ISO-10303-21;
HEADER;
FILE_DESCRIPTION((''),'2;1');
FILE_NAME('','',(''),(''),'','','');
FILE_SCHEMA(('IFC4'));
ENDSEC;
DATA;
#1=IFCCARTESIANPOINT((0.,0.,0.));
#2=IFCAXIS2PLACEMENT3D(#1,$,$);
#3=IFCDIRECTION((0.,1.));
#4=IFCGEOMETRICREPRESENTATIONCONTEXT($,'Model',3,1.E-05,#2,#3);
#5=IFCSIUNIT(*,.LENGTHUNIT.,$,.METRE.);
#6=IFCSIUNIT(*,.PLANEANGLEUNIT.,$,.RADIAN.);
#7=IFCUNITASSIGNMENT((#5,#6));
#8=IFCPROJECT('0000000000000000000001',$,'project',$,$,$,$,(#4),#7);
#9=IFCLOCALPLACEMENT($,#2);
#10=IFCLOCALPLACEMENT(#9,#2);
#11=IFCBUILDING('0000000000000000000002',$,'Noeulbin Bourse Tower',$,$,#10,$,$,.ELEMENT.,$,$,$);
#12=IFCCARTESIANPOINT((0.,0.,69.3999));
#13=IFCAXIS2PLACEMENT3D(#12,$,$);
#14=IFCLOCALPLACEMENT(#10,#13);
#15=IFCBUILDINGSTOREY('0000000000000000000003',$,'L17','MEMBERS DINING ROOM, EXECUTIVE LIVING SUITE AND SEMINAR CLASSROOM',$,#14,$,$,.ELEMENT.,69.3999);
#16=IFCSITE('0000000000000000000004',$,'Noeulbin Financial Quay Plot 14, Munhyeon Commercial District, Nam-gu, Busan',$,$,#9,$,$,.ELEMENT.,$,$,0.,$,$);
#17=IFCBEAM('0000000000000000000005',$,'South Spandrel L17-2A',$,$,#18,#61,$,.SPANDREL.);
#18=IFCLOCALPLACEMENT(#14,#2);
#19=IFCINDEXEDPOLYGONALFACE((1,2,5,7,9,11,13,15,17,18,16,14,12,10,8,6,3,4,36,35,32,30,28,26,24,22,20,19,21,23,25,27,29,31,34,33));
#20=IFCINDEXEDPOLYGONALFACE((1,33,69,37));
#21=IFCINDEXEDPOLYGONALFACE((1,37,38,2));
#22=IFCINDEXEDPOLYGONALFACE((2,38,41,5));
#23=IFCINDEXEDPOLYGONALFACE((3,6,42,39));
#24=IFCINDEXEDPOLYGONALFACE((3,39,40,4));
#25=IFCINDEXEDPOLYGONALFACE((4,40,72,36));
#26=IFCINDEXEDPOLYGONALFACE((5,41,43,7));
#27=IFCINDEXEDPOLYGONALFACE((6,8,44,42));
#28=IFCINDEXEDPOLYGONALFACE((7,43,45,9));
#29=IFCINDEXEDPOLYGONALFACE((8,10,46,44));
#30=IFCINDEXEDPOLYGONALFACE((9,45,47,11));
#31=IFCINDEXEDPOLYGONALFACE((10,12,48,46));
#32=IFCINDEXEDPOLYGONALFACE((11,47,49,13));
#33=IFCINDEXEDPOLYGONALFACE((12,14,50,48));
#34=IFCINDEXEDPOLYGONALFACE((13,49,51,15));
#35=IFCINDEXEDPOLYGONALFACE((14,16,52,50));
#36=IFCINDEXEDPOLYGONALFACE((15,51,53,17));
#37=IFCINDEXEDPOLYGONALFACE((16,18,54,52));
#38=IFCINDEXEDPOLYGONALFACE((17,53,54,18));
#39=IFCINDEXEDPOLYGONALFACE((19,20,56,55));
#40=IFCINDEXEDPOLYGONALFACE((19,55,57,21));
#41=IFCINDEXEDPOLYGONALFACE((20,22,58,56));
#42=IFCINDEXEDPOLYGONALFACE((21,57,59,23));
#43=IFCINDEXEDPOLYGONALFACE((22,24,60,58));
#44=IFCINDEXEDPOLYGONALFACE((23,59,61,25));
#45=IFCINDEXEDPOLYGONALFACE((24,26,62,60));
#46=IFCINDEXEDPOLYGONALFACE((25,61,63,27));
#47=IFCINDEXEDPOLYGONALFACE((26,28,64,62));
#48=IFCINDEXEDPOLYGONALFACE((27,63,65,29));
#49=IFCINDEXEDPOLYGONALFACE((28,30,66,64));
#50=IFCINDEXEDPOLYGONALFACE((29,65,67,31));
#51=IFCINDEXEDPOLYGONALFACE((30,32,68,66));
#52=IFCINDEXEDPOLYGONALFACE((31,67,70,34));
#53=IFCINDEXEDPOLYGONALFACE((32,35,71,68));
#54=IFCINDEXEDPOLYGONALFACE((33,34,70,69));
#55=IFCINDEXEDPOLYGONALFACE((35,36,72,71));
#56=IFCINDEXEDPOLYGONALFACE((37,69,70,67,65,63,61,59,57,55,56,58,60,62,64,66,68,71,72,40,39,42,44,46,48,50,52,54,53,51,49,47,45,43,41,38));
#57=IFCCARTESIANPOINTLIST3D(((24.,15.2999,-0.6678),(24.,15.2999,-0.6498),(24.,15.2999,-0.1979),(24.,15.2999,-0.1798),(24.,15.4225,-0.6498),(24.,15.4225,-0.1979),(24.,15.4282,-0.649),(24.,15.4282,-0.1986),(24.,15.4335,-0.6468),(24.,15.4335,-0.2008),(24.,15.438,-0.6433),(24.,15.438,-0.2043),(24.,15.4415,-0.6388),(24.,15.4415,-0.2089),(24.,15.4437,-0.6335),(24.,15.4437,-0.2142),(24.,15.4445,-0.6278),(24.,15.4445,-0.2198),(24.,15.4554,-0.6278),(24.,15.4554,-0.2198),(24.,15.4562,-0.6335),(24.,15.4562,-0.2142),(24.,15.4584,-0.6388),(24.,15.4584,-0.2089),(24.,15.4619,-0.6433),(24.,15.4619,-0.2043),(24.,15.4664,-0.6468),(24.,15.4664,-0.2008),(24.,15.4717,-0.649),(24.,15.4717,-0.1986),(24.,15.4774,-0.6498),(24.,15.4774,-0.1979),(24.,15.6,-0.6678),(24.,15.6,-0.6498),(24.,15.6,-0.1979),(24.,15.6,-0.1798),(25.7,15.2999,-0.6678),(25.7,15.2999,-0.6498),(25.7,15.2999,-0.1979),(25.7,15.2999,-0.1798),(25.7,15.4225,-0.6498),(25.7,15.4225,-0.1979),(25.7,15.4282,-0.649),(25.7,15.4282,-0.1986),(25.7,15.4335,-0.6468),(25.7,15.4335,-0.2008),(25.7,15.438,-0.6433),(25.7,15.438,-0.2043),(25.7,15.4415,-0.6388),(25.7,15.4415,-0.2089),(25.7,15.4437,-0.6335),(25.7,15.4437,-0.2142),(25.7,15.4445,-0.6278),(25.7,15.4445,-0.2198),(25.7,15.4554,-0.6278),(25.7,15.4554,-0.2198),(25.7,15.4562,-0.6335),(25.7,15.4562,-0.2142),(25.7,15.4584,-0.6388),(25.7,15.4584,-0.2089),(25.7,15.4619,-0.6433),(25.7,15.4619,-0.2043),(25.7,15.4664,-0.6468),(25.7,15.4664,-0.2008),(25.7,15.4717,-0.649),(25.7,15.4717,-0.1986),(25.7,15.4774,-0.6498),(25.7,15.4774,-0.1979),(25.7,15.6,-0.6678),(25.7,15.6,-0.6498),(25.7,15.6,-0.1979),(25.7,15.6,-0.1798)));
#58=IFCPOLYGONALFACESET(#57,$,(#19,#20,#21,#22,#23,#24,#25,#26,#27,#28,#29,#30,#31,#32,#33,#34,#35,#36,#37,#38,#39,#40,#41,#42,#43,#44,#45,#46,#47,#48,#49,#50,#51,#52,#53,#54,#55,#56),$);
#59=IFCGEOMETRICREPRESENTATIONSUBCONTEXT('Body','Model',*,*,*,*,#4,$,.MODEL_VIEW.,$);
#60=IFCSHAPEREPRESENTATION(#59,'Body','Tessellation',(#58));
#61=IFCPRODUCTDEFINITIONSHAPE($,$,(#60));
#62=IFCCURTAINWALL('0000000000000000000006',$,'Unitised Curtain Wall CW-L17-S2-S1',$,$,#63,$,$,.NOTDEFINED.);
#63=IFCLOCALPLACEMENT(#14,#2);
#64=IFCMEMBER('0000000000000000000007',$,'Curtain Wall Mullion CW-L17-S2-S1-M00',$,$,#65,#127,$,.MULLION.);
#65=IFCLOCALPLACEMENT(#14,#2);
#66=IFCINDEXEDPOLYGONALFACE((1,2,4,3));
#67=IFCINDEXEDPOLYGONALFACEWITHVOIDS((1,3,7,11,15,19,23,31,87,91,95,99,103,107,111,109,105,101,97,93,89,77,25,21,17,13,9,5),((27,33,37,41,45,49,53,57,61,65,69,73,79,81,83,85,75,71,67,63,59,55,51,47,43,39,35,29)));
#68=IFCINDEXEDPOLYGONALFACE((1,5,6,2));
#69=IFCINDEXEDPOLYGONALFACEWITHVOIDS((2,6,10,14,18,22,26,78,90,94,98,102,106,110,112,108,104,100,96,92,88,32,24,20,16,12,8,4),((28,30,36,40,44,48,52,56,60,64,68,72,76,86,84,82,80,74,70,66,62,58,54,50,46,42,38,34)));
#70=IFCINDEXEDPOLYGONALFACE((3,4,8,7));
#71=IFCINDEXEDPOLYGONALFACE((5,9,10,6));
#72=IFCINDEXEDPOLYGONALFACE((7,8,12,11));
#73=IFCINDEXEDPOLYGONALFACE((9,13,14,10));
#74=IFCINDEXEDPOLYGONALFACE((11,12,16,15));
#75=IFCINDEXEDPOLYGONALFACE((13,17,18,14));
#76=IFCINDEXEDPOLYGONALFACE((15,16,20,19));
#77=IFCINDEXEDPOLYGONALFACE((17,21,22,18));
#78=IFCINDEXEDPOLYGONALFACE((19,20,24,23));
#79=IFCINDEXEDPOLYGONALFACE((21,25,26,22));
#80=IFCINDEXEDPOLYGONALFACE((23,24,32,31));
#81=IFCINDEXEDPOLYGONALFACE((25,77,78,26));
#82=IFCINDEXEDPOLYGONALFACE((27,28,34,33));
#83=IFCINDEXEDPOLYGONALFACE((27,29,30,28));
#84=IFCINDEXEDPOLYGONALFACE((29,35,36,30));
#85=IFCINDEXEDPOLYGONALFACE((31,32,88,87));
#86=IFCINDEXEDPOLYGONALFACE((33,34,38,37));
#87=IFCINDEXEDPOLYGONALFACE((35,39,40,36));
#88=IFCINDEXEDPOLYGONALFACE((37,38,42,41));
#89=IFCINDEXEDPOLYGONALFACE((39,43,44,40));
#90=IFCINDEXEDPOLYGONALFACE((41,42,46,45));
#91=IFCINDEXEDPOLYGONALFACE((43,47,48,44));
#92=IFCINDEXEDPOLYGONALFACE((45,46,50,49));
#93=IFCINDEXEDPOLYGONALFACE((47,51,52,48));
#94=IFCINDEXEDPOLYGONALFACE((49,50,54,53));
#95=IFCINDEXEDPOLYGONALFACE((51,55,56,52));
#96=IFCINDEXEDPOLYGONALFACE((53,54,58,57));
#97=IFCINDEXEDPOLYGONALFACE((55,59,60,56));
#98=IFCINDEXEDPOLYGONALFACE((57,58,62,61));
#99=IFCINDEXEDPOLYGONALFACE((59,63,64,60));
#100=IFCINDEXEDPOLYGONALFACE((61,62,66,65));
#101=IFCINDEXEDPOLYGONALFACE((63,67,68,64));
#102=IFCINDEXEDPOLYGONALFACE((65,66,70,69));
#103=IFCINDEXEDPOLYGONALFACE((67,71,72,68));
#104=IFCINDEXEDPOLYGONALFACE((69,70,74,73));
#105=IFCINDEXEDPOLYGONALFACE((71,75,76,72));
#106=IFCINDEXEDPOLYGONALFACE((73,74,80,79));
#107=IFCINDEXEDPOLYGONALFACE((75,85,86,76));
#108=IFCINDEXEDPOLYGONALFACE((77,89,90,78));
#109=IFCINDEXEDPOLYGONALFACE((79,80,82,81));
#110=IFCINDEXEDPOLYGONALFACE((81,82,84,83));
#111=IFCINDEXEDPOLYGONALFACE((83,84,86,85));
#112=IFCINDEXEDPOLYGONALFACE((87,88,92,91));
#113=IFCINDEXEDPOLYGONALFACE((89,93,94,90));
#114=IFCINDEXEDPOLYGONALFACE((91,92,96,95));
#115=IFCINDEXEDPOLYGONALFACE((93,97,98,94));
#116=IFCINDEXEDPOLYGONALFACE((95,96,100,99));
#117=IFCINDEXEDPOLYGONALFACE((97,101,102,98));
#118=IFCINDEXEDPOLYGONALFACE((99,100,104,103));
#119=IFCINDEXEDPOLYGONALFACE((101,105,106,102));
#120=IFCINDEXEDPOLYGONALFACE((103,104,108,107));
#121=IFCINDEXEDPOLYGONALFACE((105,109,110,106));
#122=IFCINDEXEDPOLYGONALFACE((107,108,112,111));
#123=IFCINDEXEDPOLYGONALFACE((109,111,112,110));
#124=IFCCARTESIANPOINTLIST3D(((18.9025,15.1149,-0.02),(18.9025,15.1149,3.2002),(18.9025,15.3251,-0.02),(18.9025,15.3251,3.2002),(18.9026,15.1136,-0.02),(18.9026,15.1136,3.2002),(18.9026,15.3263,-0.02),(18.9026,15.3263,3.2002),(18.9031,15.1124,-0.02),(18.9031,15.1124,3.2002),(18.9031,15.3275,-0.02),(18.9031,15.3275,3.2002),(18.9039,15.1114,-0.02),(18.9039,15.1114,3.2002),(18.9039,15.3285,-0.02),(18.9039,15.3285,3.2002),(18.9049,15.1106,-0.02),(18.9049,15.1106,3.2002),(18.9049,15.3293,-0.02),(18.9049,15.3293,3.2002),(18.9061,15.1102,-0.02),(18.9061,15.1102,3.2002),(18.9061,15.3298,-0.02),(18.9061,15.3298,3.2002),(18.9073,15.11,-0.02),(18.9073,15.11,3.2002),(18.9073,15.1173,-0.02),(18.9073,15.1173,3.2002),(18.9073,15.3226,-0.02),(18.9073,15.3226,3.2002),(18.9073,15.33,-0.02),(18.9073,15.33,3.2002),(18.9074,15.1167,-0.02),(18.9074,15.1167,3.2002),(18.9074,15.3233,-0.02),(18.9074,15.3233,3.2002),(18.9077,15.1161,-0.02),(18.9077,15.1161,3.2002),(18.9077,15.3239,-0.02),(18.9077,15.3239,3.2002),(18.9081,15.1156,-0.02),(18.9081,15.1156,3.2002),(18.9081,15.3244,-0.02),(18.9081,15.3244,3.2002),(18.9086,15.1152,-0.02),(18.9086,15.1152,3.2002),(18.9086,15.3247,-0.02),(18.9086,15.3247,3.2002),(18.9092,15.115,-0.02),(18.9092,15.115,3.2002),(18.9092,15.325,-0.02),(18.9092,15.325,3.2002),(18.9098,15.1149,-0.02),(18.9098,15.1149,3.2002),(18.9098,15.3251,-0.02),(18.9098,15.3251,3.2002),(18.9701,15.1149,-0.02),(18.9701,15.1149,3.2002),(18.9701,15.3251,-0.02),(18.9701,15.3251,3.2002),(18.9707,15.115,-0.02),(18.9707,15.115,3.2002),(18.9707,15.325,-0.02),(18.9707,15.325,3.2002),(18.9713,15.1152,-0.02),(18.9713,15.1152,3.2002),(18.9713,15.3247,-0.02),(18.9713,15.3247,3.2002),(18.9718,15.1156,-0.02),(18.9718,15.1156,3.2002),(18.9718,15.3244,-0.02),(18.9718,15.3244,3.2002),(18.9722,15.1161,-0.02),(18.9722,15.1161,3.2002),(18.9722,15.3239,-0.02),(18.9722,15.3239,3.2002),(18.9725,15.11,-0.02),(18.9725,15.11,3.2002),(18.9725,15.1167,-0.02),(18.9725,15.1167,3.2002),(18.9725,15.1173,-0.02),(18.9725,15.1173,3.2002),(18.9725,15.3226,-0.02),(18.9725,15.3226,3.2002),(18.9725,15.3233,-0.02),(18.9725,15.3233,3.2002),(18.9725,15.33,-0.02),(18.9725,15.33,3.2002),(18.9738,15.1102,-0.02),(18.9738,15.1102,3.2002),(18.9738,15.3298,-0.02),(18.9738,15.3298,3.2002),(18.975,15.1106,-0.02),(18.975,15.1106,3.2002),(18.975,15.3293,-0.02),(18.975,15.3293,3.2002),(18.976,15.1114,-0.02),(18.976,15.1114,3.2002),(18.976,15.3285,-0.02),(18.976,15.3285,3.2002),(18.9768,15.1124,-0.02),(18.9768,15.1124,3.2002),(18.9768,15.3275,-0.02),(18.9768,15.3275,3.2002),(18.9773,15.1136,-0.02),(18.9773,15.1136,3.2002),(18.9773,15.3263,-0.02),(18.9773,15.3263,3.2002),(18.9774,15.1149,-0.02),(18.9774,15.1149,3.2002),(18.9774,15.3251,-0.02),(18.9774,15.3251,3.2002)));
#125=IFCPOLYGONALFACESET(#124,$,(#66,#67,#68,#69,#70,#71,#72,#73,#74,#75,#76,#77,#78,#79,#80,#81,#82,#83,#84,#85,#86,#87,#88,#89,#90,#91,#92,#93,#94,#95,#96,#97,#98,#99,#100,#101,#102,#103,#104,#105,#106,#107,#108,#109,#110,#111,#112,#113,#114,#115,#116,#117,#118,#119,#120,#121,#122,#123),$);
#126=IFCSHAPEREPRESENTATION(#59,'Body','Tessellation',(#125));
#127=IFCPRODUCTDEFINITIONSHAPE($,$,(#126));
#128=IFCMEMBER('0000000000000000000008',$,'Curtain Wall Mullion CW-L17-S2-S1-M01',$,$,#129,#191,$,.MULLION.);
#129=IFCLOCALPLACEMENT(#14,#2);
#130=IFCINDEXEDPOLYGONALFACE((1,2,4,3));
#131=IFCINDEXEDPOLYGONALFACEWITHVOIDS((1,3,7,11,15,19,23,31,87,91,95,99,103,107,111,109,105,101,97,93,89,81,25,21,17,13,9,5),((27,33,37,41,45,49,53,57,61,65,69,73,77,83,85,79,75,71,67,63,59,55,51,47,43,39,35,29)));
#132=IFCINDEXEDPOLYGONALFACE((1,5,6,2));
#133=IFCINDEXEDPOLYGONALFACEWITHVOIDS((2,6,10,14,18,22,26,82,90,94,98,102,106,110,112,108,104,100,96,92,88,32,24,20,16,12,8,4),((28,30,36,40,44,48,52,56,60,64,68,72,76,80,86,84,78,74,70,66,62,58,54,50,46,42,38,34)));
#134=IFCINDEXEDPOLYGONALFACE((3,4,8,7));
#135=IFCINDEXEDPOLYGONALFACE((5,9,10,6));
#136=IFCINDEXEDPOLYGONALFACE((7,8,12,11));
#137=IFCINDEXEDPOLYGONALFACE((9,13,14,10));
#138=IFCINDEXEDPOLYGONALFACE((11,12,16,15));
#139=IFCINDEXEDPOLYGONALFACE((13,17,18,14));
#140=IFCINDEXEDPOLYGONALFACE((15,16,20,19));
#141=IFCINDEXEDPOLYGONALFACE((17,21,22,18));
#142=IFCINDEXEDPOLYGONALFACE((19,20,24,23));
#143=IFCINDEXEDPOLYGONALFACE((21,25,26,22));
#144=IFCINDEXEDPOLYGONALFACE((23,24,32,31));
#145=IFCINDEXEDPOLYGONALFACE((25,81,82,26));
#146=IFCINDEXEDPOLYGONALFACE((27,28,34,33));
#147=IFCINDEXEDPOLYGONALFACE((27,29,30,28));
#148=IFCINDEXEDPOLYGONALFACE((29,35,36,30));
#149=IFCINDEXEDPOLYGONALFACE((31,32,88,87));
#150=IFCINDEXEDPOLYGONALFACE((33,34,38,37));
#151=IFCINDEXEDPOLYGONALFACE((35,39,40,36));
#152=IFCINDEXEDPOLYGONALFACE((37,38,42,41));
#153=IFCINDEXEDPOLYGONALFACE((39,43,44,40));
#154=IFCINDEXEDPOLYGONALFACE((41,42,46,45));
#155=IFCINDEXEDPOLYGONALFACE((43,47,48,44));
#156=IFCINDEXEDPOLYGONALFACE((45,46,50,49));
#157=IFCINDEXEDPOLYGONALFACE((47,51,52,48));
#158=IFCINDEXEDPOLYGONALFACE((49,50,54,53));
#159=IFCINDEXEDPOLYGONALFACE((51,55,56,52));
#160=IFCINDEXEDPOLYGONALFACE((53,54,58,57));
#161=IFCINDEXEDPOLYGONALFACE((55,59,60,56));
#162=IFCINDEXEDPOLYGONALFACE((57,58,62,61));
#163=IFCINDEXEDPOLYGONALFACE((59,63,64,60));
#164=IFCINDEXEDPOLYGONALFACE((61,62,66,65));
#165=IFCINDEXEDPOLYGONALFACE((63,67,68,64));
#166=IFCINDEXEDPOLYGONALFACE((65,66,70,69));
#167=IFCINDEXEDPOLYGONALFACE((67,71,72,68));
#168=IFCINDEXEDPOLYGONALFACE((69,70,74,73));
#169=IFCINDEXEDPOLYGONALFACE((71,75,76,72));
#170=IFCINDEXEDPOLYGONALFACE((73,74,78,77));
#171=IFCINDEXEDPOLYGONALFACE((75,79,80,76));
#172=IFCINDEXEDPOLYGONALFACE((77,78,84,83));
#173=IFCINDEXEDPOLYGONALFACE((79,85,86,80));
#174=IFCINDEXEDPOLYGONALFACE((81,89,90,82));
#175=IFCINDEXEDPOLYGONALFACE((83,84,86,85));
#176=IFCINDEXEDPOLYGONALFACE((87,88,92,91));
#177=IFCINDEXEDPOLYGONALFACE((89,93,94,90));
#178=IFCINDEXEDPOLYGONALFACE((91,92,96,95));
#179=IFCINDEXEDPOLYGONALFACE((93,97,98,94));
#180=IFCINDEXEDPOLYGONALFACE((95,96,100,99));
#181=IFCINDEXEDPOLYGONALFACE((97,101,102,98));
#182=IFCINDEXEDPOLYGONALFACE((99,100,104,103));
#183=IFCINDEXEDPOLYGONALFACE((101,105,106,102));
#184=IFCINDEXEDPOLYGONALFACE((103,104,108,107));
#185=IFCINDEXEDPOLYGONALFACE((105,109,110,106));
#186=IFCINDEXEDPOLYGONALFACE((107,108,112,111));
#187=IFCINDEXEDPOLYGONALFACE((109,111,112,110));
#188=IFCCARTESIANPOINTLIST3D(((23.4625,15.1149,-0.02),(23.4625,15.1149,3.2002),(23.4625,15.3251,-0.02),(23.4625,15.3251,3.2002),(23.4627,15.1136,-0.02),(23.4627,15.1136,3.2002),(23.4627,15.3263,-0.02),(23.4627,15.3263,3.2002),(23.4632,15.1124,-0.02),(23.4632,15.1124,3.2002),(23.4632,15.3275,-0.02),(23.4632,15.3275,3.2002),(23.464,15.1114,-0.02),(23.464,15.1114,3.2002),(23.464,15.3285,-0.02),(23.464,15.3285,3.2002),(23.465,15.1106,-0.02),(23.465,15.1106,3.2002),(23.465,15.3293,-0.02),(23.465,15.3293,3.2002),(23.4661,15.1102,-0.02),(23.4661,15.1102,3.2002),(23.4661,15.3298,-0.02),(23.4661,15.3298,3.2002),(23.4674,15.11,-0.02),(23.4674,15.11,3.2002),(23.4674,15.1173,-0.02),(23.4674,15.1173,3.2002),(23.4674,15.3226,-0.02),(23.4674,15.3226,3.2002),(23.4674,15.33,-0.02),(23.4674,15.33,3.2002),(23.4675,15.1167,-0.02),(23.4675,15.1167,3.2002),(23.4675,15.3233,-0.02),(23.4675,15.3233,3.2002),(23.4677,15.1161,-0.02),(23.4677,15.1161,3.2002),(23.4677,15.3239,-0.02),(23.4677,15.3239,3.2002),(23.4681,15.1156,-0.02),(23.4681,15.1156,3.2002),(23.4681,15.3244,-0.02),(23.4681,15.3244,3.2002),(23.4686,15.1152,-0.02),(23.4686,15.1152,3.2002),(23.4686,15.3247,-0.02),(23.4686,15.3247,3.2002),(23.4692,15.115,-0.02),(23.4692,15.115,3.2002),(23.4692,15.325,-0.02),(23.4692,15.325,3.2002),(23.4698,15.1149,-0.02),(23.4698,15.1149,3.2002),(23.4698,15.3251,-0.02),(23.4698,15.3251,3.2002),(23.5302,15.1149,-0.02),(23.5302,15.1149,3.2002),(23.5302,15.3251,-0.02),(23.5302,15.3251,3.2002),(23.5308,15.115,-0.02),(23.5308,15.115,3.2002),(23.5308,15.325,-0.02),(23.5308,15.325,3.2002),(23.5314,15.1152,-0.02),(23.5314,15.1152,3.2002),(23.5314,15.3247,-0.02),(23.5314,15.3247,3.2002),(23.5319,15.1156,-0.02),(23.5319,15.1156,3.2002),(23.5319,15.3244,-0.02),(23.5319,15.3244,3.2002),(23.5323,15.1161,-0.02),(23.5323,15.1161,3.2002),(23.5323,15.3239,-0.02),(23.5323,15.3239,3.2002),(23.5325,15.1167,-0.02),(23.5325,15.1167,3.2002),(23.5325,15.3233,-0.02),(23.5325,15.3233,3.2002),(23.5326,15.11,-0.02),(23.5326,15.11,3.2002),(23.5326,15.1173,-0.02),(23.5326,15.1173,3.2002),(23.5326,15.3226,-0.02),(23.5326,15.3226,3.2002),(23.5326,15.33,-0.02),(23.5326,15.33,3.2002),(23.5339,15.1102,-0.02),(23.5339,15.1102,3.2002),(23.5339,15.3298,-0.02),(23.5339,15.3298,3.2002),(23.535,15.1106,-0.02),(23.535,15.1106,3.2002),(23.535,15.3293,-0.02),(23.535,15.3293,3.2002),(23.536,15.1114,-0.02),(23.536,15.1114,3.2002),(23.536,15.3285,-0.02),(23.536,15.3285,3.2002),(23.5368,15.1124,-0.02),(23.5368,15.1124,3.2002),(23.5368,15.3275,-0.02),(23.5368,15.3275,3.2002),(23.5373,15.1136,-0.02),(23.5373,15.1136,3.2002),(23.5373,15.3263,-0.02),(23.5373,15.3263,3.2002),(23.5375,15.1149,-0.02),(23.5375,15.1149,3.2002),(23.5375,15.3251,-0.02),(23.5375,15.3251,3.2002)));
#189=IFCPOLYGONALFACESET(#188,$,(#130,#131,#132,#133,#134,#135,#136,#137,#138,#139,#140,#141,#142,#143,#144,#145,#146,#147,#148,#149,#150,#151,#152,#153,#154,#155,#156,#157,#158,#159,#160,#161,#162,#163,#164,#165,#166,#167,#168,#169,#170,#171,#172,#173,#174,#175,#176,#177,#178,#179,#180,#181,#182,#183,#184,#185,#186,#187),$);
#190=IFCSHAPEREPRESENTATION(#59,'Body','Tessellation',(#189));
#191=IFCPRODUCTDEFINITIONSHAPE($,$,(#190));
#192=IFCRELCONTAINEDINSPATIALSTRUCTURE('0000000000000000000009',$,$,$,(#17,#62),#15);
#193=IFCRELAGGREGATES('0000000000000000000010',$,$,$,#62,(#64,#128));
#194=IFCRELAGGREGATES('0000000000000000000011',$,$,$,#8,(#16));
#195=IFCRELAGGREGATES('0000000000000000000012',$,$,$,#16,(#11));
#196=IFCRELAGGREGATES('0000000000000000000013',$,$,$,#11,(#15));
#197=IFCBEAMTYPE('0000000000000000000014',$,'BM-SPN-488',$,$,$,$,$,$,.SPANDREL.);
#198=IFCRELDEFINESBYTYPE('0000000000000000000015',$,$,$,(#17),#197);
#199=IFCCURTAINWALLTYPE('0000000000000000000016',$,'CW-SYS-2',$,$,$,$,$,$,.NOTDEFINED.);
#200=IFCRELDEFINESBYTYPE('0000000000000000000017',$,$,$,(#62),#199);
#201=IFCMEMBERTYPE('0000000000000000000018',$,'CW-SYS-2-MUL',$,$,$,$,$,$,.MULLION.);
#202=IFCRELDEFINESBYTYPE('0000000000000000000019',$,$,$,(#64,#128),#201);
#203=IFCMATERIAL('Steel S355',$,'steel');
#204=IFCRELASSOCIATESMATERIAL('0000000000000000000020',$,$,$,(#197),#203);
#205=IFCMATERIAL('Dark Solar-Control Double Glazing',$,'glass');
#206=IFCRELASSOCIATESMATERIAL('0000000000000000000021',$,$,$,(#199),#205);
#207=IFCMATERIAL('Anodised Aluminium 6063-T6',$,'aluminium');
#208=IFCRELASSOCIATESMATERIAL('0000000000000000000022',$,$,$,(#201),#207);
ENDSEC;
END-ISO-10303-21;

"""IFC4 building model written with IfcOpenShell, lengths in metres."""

from ifc_helpers import new_model, si_unit, direction, frame, origin, origin_2d, place, context, subcontext, project, spatial, hollow_rectangle, i_section, extrude, material, material_profile, profile_set, type_object, element, aggregate, save


model = new_model("IFC4")

# Units and contexts
model_context = context("Model", 3, precision=1e-05, world=origin(), true_north=direction((0.0, 1.0)))
body_context = subcontext(model_context, "Body", "Model", "MODEL_VIEW")
ifc_project = project(units=[si_unit("LENGTHUNIT", "METRE"), si_unit("PLANEANGLEUNIT", "RADIAN")], contexts=[model_context])

# Site, building, storey
site_placement = place(None, origin())
site = spatial("IfcSite", under=ifc_project, at=site_placement, Name="Noeulbin Financial Quay Plot 14, Munhyeon Commercial District, Nam-gu, Busan", CompositionType="ELEMENT", RefElevation=0.0)
building_placement = place(site_placement, origin())
building = spatial("IfcBuilding", under=site, at=building_placement, Name="Noeulbin Bourse Tower", CompositionType="ELEMENT")
storey_placement = place(building_placement, frame((0.0, 0.0, 69.3999)))
storey = spatial("IfcBuildingStorey", under=building, at=storey_placement, Name="L17", Description="MEMBERS DINING ROOM, EXECUTIVE LIVING SUITE AND SEMINAR CLASSROOM", CompositionType="ELEMENT", Elevation=69.3999)

# Beam
ifc_material_1 = material(Name="Steel S355", Category="steel")
ifc_material_profile_1 = material_profile(ifc_material_1, i_section(OverallWidth=0.3, OverallDepth=0.488, WebThickness=0.011, FlangeThickness=0.0181, FilletRadius=0.022, at=origin_2d()), Name="H-488x300x11x18", Category="LoadBearing")
ifc_profile_set_1 = profile_set([ifc_material_profile_1], Name="Steel S355")
beam_type_1 = type_object("IfcBeamType", Name="BM-SPN-488", PredefinedType="SPANDREL", material=ifc_profile_set_1)
beam_1_placement = place(storey_placement, frame((24.0, 15.45, -0.4238), z_axis=(1.0, 0.0, 0.0), x_axis=(0.0, 1.0, 0.0)))
element("IfcBeam", 1, at=beam_1_placement, inside=storey, type_object=beam_type_1, Name="South Spandrel L17-2A", PredefinedType="SPANDREL", context=body_context, shape_type="SweptSolid", body=[
    extrude(i_section(OverallWidth=0.3, OverallDepth=0.488, WebThickness=0.011, FlangeThickness=0.0181, FilletRadius=0.022, at=origin_2d()), origin(), (0.0, 0.0, 1.0), 1.7),
])

# Curtain wall, members
ifc_material_2 = material(Name="Dark Solar-Control Double Glazing", Category="glass")
curtain_wall_type = type_object("IfcCurtainWallType", Name="CW-SYS-2", PredefinedType="NOTDEFINED", material=ifc_material_2)
curtain_wall_placement = place(storey_placement, origin())
curtain_wall = element("IfcCurtainWall", 2, at=curtain_wall_placement, inside=storey, type_object=curtain_wall_type, Name="Unitised Curtain Wall CW-L17-S2-S1", PredefinedType="NOTDEFINED")
ifc_material_3 = material(Name="Anodised Aluminium 6063-T6", Category="aluminium")
ifc_material_profile_2 = material_profile(ifc_material_3, hollow_rectangle(XDim=0.075, YDim=0.22, WallThickness=0.0049, InnerFilletRadius=0.0024, OuterFilletRadius=0.0049, at=origin_2d()), Name="ALU-MULL-75x220x5", Category="LoadBearing")
ifc_profile_set_2 = profile_set([ifc_material_profile_2], Name="Anodised Aluminium 6063-T6")
member_type_1 = type_object("IfcMemberType", Name="CW-SYS-2-MUL", PredefinedType="MULLION", material=ifc_profile_set_2)
member_1_placement = place(storey_placement, frame((18.9399, 15.22, -0.02), z_axis=(0.0, 0.0, 1.0), x_axis=(1.0, 0.0, 0.0)))
member_1 = element("IfcMember", 3, at=member_1_placement, type_object=member_type_1, Name="Curtain Wall Mullion CW-L17-S2-S1-M00", PredefinedType="MULLION", context=body_context, shape_type="SweptSolid", body=[
    extrude(hollow_rectangle(XDim=0.075, YDim=0.22, WallThickness=0.0049, InnerFilletRadius=0.0024, OuterFilletRadius=0.0049, at=origin_2d()), origin(), (0.0, 0.0, 1.0), 3.2202),
])
member_2_placement = place(storey_placement, frame((23.5, 15.22, -0.02), z_axis=(0.0, 0.0, 1.0), x_axis=(1.0, 0.0, 0.0)))
member_2 = element("IfcMember", 4, at=member_2_placement, type_object=member_type_1, Name="Curtain Wall Mullion CW-L17-S2-S1-M01", PredefinedType="MULLION", context=body_context, shape_type="SweptSolid", body=[
    extrude(hollow_rectangle(XDim=0.075, YDim=0.22, WallThickness=0.0049, InnerFilletRadius=0.0024, OuterFilletRadius=0.0049, at=origin_2d()), origin(), (0.0, 0.0, 1.0), 3.2202),
])
aggregate(curtain_wall, [member_1, member_2])

save(model, "model.ifc")
